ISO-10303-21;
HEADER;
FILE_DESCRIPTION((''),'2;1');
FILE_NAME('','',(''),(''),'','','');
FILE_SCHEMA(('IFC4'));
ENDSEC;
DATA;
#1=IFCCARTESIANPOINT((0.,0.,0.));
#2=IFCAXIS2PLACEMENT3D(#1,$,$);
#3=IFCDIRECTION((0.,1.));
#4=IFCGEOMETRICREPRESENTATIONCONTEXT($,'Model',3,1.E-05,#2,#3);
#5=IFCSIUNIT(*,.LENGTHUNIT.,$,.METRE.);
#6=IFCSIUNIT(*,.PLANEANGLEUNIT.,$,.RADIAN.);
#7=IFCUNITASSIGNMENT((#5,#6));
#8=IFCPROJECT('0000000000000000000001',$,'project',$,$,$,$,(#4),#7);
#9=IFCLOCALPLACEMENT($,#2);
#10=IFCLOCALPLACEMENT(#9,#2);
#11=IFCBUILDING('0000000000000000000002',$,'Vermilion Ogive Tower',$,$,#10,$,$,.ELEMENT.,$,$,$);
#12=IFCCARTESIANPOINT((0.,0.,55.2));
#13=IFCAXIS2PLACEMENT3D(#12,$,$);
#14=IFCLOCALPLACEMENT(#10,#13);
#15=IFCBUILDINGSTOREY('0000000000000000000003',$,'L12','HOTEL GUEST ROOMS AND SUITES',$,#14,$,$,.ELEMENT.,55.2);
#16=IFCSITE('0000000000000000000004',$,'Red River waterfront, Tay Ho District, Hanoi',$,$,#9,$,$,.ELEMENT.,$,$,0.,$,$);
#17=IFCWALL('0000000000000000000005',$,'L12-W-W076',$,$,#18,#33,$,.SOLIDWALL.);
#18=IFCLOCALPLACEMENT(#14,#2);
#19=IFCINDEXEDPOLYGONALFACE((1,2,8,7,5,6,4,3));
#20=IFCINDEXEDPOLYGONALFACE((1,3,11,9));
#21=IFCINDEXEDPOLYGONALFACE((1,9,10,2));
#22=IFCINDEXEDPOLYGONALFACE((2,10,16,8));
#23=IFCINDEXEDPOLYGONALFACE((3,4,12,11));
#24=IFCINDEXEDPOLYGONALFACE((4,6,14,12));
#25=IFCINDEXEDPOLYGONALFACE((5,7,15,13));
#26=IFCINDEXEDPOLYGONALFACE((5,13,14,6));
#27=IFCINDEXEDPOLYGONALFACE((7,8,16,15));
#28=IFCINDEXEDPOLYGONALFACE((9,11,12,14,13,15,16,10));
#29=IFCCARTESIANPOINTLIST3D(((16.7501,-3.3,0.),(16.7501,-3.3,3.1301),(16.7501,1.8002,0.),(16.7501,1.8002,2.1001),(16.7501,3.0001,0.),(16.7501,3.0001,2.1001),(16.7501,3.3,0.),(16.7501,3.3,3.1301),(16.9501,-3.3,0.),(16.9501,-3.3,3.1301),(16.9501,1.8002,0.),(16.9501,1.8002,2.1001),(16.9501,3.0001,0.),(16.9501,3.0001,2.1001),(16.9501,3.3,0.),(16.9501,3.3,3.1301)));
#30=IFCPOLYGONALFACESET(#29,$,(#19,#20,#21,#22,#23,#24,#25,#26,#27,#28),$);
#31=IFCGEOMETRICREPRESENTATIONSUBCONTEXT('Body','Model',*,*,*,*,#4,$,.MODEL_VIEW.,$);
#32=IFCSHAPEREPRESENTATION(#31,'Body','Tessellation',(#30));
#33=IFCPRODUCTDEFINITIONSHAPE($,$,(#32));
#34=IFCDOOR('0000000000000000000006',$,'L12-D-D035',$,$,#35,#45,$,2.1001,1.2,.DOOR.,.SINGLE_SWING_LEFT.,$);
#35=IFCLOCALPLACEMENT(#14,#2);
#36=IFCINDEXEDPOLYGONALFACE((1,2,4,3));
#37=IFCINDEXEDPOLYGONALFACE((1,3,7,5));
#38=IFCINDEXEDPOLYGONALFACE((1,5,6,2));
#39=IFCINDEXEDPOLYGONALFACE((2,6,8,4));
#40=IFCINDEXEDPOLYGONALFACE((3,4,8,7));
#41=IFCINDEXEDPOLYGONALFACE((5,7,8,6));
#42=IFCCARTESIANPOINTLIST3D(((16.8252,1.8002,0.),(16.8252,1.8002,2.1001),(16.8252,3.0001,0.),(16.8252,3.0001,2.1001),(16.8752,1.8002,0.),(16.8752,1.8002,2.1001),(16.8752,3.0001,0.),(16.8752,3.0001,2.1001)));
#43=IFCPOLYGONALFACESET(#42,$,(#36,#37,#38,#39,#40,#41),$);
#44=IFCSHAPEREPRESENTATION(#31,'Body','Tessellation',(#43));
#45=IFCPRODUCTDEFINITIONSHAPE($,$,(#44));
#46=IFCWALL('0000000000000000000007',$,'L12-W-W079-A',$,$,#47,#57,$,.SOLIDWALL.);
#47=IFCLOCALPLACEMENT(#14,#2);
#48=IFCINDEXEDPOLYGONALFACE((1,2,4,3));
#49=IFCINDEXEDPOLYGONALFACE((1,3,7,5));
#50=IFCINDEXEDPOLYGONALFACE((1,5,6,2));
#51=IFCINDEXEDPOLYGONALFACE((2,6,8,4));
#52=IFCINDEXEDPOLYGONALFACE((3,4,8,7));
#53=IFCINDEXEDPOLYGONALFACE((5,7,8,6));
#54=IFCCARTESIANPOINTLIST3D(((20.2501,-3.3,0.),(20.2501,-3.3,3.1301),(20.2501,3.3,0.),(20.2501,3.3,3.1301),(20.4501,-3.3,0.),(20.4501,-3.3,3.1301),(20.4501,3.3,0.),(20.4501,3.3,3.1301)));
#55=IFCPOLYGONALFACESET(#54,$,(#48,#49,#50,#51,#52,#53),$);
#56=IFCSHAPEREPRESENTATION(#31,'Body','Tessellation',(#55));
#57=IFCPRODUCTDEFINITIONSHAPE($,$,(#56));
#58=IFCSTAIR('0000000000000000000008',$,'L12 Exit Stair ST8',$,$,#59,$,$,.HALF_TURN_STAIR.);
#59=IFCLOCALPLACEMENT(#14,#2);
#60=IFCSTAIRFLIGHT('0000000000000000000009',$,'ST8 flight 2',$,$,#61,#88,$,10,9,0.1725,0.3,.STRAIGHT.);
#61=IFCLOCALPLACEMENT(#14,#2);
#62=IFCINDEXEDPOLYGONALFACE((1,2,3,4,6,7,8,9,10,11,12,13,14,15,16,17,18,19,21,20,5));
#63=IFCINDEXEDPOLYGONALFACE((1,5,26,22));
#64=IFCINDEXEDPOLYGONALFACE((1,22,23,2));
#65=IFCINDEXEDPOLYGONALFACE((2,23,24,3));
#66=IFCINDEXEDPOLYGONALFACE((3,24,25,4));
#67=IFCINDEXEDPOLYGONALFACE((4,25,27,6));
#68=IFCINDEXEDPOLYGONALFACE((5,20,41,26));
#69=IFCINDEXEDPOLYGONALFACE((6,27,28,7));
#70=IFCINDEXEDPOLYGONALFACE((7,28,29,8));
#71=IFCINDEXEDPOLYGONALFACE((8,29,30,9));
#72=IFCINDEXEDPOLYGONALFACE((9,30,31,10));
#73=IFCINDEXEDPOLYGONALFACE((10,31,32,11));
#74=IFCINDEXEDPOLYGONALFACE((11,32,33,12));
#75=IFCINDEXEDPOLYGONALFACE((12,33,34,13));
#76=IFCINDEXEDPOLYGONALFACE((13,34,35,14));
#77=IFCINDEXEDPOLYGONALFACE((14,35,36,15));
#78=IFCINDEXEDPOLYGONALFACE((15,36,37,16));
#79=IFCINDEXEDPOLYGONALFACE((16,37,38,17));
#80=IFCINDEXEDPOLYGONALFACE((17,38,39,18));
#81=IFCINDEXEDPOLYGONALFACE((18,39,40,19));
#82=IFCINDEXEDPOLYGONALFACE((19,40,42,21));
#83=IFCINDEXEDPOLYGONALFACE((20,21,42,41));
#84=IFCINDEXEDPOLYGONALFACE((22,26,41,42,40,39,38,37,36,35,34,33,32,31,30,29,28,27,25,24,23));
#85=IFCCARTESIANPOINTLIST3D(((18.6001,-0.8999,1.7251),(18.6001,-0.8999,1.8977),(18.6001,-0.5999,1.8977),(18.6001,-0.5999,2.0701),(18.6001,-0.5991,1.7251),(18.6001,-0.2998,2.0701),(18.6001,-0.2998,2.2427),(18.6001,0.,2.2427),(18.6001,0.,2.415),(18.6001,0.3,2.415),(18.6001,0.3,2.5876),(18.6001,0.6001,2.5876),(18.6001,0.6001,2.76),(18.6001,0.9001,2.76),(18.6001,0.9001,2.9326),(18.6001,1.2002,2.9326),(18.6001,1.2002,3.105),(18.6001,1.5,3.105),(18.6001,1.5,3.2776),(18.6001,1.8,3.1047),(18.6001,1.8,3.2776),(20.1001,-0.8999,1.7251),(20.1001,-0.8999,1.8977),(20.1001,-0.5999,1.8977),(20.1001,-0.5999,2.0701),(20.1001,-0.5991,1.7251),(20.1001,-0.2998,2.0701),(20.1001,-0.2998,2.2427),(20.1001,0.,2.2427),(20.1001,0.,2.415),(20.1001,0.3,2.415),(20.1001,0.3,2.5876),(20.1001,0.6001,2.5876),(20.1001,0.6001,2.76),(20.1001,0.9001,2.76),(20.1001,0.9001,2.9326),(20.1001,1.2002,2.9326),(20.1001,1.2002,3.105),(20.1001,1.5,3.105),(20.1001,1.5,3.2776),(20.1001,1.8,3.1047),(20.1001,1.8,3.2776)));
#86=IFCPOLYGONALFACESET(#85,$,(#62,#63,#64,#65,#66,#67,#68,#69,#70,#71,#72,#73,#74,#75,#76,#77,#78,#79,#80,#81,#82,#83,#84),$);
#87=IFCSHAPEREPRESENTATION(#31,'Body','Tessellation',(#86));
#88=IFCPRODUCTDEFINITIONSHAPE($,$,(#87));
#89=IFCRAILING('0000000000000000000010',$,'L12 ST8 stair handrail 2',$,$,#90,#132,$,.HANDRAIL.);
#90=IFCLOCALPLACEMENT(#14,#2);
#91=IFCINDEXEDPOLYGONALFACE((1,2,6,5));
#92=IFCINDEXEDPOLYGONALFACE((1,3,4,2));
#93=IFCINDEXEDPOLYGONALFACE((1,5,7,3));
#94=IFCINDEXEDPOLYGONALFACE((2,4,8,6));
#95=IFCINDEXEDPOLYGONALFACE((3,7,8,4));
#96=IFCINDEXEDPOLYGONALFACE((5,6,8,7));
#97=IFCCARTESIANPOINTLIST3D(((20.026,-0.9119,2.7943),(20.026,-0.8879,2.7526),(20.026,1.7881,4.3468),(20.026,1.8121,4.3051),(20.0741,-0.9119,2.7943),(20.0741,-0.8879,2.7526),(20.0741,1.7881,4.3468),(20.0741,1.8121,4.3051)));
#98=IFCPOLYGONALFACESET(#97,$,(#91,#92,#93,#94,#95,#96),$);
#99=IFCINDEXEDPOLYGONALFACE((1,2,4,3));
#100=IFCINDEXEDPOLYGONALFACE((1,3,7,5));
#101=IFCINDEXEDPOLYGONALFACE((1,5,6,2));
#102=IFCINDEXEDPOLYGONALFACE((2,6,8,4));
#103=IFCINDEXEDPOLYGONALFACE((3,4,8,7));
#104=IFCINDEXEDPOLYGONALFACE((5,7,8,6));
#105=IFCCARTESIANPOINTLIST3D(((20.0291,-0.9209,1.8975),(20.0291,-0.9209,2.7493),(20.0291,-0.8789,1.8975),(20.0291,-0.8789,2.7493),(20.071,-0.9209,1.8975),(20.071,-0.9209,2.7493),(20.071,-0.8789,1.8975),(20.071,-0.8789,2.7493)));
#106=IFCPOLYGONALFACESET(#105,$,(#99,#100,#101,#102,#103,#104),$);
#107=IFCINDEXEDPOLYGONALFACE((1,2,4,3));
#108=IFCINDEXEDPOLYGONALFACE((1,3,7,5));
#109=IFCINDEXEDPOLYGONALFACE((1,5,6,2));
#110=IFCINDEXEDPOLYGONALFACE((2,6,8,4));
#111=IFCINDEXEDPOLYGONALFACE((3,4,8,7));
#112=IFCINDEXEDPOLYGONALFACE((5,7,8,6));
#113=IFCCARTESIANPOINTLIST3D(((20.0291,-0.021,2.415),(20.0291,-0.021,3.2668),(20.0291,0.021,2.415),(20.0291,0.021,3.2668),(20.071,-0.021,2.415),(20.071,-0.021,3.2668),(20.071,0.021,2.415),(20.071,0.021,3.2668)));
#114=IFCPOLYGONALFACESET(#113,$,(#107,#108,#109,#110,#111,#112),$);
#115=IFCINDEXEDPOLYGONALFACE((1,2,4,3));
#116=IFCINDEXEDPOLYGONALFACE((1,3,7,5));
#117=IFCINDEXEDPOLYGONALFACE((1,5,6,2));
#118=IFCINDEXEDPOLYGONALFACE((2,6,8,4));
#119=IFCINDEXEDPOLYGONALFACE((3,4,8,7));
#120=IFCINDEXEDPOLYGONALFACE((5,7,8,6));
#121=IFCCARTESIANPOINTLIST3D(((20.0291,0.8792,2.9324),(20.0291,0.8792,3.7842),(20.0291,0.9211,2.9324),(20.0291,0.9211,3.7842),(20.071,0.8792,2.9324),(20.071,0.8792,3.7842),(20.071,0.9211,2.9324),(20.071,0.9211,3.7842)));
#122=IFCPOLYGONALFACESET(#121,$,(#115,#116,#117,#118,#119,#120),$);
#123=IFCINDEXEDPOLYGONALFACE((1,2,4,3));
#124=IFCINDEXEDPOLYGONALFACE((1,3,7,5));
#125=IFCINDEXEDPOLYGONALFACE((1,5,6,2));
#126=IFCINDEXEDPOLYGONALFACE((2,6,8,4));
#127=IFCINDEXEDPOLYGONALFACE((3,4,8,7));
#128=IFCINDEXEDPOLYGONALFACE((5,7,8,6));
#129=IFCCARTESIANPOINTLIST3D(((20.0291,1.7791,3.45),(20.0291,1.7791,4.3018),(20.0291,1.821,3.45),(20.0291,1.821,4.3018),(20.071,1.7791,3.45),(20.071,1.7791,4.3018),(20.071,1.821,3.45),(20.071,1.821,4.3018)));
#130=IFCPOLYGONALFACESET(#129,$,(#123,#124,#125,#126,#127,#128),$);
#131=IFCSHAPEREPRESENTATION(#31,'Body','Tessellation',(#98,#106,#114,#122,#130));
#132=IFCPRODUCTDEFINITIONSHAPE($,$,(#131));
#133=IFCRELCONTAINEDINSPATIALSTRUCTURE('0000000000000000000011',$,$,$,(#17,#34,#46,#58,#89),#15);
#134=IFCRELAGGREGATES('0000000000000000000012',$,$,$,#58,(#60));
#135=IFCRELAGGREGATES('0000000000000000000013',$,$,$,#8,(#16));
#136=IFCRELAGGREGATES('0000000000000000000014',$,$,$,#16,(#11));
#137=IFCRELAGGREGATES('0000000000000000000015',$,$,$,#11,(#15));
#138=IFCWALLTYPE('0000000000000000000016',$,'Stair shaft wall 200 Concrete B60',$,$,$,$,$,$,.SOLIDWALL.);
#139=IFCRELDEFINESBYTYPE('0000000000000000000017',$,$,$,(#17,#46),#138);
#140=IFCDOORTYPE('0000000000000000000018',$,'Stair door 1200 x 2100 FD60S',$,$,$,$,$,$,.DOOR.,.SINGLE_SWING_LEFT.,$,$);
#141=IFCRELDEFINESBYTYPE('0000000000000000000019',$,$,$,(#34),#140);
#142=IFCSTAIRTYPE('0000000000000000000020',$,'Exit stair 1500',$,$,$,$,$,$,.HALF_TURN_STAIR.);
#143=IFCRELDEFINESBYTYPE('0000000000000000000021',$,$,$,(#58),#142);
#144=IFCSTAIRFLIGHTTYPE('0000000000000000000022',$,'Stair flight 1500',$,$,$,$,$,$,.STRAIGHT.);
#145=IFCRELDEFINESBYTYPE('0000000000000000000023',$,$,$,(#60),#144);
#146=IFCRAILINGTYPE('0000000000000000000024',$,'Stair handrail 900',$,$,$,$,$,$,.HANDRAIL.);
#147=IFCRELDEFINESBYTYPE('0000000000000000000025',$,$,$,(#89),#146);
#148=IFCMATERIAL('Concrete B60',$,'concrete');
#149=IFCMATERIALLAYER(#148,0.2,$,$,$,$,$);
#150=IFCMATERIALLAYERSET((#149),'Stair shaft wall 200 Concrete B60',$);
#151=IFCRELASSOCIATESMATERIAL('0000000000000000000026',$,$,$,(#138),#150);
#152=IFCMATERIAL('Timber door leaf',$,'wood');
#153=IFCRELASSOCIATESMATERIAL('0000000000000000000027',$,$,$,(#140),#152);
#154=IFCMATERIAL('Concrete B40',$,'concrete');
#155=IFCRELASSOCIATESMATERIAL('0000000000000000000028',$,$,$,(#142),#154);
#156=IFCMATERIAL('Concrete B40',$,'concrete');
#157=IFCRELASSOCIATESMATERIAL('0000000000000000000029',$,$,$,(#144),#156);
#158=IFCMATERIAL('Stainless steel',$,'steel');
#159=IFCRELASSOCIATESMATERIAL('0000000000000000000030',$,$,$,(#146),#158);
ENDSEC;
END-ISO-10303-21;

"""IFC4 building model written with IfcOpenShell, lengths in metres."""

from ifc_helpers import new_model, si_unit, direction, frame, frame_2d, origin, origin_2d, place, context, subcontext, project, spatial, polyline, rectangle, outline, extrude, material, layer, layer_set, type_object, element, fill, aggregate, save


model = new_model("IFC4")

# Units and contexts
model_context = context("Model", 3, precision=1e-05, world=origin(), true_north=direction((0.0, 1.0)))
body_context = subcontext(model_context, "Body", "Model", "MODEL_VIEW")
ifc_project = project(units=[si_unit("LENGTHUNIT", "METRE"), si_unit("PLANEANGLEUNIT", "RADIAN")], contexts=[model_context])

# Site, building, storey
site_placement = place(None, origin())
site = spatial("IfcSite", under=ifc_project, at=site_placement, Name="Red River waterfront, Tay Ho District, Hanoi", CompositionType="ELEMENT", RefElevation=0.0)
building_placement = place(site_placement, origin())
building = spatial("IfcBuilding", under=site, at=building_placement, Name="Vermilion Ogive Tower", CompositionType="ELEMENT")
storey_placement = place(building_placement, frame((0.0, 0.0, 55.2)))
storey = spatial("IfcBuildingStorey", under=building, at=storey_placement, Name="L12", Description="HOTEL GUEST ROOMS AND SUITES", CompositionType="ELEMENT", Elevation=55.2)

# Shared definitions
ifc_material_1 = material(Name="Concrete B60", Category="concrete")
ifc_layer_1 = layer(ifc_material_1, 0.2)
ifc_layer_set_1 = layer_set([ifc_layer_1], Name="Stair shaft wall 200 Concrete B60")
wall_type_1 = type_object("IfcWallType", Name="Stair shaft wall 200 Concrete B60", PredefinedType="SOLIDWALL", material=ifc_layer_set_1)

# Wall, opening, door
wall_1_placement = place(storey_placement, frame((16.8501, -3.3, 0.0), z_axis=(0.0, 0.0, 1.0), x_axis=(0.0, 1.0, 0.0)))
wall_1 = element("IfcWall", 1, at=wall_1_placement, inside=storey, type_object=wall_type_1, Name="L12-W-W076", PredefinedType="SOLIDWALL", context=body_context, shape_type="SweptSolid", body=[
    extrude(rectangle(XDim=6.6001, YDim=0.2, at=frame_2d((3.3, 0.0))), origin(), (0.0, 0.0, 1.0), 3.1301),
])
opening_1_placement = place(wall_1_placement, frame((5.1001, 0.0, 0.0)))
opening_1 = element("IfcOpeningElement", 2, at=opening_1_placement, cuts=wall_1, PredefinedType="OPENING", context=body_context, shape_type="SweptSolid", body=[
    extrude(rectangle(XDim=1.2, YDim=2.1001, at=frame_2d((0.6001, 1.05))), frame((0.0, 0.1099, 0.0), z_axis=(0.0, -1.0, 0.0), x_axis=(1.0, 0.0, 0.0)), (0.0, 0.0, 1.0), 0.22),
])
ifc_material_2 = material(Name="Timber door leaf", Category="wood")
door_type_1 = type_object("IfcDoorType", Name="Stair door 1200 x 2100 FD60S", OperationType="SINGLE_SWING_LEFT", PredefinedType="DOOR", material=ifc_material_2)
door_1_placement = place(opening_1_placement, origin())
door_1 = element("IfcDoor", 3, at=door_1_placement, inside=storey, type_object=door_type_1, Name="L12-D-D035", OperationType="SINGLE_SWING_LEFT", OverallHeight=2.1001, OverallWidth=1.2, PredefinedType="DOOR", context=body_context, shape_type="SweptSolid", body=[
    extrude(rectangle(XDim=1.2, YDim=2.1001, at=frame_2d((0.6001, 1.05))), frame((0.0, 0.0249, 0.0), z_axis=(0.0, -1.0, 0.0), x_axis=(1.0, 0.0, 0.0)), (0.0, 0.0, 1.0), 0.05),
])
fill(opening_1, door_1)

# Wall
wall_2_placement = place(storey_placement, frame((20.3501, -3.3, 0.0), z_axis=(0.0, 0.0, 1.0), x_axis=(0.0, 1.0, 0.0)))
element("IfcWall", 4, at=wall_2_placement, inside=storey, type_object=wall_type_1, Name="L12-W-W079-A", PredefinedType="SOLIDWALL", context=body_context, shape_type="SweptSolid", body=[
    extrude(rectangle(XDim=6.6001, YDim=0.2, at=frame_2d((3.3, 0.0))), origin(), (0.0, 0.0, 1.0), 3.1301),
])

# Stair, stair flight
ifc_material_3 = material(Name="Concrete B40", Category="concrete")
stair_type = type_object("IfcStairType", Name="Exit stair 1500", PredefinedType="HALF_TURN_STAIR", material=ifc_material_3)
stair_placement = place(storey_placement, origin())
stair = element("IfcStair", 5, at=stair_placement, inside=storey, type_object=stair_type, Name="L12 Exit Stair ST8", PredefinedType="HALF_TURN_STAIR")
ifc_material_4 = material(Name="Concrete B40", Category="concrete")
stair_flight_type = type_object("IfcStairFlightType", Name="Stair flight 1500", PredefinedType="STRAIGHT", material=ifc_material_4)
stair_flight_placement = place(storey_placement, frame((19.3501, -0.8999, 1.7251), z_axis=(0.0, 0.0, 1.0), x_axis=(0.0, 1.0, 0.0)))
stair_flight = element("IfcStairFlight", 6, at=stair_flight_placement, type_object=stair_flight_type, Name="ST8 flight 2", NumberOfRisers=10, NumberOfTreads=9, PredefinedType="STRAIGHT", RiserHeight=0.1725, TreadLength=0.3, context=body_context, shape_type="SweptSolid", body=[
    extrude(outline(polyline([(0.0, 0.0), (0.0, 0.1726), (0.3, 0.1726), (0.3, 0.345), (0.6001, 0.345), (0.6001, 0.5176), (0.8999, 0.5176), (0.8999, 0.6899), (1.2, 0.6899), (1.2, 0.8625), (1.5, 0.8625), (1.5, 1.0349), (1.8, 1.0349), (1.8, 1.2075), (2.1001, 1.2075), (2.1001, 1.3799), (2.3999, 1.3799), (2.3999, 1.5525), (2.7, 1.5525), (2.7, 1.7251), (2.7, 1.3796), (0.3008, 0.0), (0.0, 0.0)])), frame((0.0, 0.75, 0.0), z_axis=(0.0, -1.0, 0.0), x_axis=(1.0, 0.0, 0.0)), (0.0, 0.0, 1.0), 1.5),
])
aggregate(stair, [stair_flight])

# Railing
ifc_material_5 = material(Name="Stainless steel", Category="steel")
railing_type = type_object("IfcRailingType", Name="Stair handrail 900", PredefinedType="HANDRAIL", material=ifc_material_5)
railing_placement = place(storey_placement, frame((20.05, -0.8999, 1.8975)))
element("IfcRailing", 7, at=railing_placement, inside=storey, type_object=railing_type, Name="L12 ST8 stair handrail 2", PredefinedType="HANDRAIL", context=body_context, shape_type="SweptSolid", body=[
    extrude(rectangle(XDim=0.0481, YDim=0.0481, at=origin_2d()), frame((0.0, 0.0, 0.876), z_axis=(0.0, 0.866904, 0.498476), x_axis=(-1.0, 0.0, 0.0)), (0.0, 0.0, 1.0), 3.1145),
    extrude(rectangle(XDim=0.042, YDim=0.042, at=origin_2d()), origin(), (0.0, 0.0, 1.0), 0.8518),
    extrude(rectangle(XDim=0.042, YDim=0.042, at=origin_2d()), frame((0.0, 0.8999, 0.5176)), (0.0, 0.0, 1.0), 0.8518),
    extrude(rectangle(XDim=0.042, YDim=0.042, at=origin_2d()), frame((0.0, 1.8, 1.0349)), (0.0, 0.0, 1.0), 0.8518),
    extrude(rectangle(XDim=0.042, YDim=0.042, at=origin_2d()), frame((0.0, 2.7, 1.5525)), (0.0, 0.0, 1.0), 0.8518),
])

save(model, "model.ifc")
